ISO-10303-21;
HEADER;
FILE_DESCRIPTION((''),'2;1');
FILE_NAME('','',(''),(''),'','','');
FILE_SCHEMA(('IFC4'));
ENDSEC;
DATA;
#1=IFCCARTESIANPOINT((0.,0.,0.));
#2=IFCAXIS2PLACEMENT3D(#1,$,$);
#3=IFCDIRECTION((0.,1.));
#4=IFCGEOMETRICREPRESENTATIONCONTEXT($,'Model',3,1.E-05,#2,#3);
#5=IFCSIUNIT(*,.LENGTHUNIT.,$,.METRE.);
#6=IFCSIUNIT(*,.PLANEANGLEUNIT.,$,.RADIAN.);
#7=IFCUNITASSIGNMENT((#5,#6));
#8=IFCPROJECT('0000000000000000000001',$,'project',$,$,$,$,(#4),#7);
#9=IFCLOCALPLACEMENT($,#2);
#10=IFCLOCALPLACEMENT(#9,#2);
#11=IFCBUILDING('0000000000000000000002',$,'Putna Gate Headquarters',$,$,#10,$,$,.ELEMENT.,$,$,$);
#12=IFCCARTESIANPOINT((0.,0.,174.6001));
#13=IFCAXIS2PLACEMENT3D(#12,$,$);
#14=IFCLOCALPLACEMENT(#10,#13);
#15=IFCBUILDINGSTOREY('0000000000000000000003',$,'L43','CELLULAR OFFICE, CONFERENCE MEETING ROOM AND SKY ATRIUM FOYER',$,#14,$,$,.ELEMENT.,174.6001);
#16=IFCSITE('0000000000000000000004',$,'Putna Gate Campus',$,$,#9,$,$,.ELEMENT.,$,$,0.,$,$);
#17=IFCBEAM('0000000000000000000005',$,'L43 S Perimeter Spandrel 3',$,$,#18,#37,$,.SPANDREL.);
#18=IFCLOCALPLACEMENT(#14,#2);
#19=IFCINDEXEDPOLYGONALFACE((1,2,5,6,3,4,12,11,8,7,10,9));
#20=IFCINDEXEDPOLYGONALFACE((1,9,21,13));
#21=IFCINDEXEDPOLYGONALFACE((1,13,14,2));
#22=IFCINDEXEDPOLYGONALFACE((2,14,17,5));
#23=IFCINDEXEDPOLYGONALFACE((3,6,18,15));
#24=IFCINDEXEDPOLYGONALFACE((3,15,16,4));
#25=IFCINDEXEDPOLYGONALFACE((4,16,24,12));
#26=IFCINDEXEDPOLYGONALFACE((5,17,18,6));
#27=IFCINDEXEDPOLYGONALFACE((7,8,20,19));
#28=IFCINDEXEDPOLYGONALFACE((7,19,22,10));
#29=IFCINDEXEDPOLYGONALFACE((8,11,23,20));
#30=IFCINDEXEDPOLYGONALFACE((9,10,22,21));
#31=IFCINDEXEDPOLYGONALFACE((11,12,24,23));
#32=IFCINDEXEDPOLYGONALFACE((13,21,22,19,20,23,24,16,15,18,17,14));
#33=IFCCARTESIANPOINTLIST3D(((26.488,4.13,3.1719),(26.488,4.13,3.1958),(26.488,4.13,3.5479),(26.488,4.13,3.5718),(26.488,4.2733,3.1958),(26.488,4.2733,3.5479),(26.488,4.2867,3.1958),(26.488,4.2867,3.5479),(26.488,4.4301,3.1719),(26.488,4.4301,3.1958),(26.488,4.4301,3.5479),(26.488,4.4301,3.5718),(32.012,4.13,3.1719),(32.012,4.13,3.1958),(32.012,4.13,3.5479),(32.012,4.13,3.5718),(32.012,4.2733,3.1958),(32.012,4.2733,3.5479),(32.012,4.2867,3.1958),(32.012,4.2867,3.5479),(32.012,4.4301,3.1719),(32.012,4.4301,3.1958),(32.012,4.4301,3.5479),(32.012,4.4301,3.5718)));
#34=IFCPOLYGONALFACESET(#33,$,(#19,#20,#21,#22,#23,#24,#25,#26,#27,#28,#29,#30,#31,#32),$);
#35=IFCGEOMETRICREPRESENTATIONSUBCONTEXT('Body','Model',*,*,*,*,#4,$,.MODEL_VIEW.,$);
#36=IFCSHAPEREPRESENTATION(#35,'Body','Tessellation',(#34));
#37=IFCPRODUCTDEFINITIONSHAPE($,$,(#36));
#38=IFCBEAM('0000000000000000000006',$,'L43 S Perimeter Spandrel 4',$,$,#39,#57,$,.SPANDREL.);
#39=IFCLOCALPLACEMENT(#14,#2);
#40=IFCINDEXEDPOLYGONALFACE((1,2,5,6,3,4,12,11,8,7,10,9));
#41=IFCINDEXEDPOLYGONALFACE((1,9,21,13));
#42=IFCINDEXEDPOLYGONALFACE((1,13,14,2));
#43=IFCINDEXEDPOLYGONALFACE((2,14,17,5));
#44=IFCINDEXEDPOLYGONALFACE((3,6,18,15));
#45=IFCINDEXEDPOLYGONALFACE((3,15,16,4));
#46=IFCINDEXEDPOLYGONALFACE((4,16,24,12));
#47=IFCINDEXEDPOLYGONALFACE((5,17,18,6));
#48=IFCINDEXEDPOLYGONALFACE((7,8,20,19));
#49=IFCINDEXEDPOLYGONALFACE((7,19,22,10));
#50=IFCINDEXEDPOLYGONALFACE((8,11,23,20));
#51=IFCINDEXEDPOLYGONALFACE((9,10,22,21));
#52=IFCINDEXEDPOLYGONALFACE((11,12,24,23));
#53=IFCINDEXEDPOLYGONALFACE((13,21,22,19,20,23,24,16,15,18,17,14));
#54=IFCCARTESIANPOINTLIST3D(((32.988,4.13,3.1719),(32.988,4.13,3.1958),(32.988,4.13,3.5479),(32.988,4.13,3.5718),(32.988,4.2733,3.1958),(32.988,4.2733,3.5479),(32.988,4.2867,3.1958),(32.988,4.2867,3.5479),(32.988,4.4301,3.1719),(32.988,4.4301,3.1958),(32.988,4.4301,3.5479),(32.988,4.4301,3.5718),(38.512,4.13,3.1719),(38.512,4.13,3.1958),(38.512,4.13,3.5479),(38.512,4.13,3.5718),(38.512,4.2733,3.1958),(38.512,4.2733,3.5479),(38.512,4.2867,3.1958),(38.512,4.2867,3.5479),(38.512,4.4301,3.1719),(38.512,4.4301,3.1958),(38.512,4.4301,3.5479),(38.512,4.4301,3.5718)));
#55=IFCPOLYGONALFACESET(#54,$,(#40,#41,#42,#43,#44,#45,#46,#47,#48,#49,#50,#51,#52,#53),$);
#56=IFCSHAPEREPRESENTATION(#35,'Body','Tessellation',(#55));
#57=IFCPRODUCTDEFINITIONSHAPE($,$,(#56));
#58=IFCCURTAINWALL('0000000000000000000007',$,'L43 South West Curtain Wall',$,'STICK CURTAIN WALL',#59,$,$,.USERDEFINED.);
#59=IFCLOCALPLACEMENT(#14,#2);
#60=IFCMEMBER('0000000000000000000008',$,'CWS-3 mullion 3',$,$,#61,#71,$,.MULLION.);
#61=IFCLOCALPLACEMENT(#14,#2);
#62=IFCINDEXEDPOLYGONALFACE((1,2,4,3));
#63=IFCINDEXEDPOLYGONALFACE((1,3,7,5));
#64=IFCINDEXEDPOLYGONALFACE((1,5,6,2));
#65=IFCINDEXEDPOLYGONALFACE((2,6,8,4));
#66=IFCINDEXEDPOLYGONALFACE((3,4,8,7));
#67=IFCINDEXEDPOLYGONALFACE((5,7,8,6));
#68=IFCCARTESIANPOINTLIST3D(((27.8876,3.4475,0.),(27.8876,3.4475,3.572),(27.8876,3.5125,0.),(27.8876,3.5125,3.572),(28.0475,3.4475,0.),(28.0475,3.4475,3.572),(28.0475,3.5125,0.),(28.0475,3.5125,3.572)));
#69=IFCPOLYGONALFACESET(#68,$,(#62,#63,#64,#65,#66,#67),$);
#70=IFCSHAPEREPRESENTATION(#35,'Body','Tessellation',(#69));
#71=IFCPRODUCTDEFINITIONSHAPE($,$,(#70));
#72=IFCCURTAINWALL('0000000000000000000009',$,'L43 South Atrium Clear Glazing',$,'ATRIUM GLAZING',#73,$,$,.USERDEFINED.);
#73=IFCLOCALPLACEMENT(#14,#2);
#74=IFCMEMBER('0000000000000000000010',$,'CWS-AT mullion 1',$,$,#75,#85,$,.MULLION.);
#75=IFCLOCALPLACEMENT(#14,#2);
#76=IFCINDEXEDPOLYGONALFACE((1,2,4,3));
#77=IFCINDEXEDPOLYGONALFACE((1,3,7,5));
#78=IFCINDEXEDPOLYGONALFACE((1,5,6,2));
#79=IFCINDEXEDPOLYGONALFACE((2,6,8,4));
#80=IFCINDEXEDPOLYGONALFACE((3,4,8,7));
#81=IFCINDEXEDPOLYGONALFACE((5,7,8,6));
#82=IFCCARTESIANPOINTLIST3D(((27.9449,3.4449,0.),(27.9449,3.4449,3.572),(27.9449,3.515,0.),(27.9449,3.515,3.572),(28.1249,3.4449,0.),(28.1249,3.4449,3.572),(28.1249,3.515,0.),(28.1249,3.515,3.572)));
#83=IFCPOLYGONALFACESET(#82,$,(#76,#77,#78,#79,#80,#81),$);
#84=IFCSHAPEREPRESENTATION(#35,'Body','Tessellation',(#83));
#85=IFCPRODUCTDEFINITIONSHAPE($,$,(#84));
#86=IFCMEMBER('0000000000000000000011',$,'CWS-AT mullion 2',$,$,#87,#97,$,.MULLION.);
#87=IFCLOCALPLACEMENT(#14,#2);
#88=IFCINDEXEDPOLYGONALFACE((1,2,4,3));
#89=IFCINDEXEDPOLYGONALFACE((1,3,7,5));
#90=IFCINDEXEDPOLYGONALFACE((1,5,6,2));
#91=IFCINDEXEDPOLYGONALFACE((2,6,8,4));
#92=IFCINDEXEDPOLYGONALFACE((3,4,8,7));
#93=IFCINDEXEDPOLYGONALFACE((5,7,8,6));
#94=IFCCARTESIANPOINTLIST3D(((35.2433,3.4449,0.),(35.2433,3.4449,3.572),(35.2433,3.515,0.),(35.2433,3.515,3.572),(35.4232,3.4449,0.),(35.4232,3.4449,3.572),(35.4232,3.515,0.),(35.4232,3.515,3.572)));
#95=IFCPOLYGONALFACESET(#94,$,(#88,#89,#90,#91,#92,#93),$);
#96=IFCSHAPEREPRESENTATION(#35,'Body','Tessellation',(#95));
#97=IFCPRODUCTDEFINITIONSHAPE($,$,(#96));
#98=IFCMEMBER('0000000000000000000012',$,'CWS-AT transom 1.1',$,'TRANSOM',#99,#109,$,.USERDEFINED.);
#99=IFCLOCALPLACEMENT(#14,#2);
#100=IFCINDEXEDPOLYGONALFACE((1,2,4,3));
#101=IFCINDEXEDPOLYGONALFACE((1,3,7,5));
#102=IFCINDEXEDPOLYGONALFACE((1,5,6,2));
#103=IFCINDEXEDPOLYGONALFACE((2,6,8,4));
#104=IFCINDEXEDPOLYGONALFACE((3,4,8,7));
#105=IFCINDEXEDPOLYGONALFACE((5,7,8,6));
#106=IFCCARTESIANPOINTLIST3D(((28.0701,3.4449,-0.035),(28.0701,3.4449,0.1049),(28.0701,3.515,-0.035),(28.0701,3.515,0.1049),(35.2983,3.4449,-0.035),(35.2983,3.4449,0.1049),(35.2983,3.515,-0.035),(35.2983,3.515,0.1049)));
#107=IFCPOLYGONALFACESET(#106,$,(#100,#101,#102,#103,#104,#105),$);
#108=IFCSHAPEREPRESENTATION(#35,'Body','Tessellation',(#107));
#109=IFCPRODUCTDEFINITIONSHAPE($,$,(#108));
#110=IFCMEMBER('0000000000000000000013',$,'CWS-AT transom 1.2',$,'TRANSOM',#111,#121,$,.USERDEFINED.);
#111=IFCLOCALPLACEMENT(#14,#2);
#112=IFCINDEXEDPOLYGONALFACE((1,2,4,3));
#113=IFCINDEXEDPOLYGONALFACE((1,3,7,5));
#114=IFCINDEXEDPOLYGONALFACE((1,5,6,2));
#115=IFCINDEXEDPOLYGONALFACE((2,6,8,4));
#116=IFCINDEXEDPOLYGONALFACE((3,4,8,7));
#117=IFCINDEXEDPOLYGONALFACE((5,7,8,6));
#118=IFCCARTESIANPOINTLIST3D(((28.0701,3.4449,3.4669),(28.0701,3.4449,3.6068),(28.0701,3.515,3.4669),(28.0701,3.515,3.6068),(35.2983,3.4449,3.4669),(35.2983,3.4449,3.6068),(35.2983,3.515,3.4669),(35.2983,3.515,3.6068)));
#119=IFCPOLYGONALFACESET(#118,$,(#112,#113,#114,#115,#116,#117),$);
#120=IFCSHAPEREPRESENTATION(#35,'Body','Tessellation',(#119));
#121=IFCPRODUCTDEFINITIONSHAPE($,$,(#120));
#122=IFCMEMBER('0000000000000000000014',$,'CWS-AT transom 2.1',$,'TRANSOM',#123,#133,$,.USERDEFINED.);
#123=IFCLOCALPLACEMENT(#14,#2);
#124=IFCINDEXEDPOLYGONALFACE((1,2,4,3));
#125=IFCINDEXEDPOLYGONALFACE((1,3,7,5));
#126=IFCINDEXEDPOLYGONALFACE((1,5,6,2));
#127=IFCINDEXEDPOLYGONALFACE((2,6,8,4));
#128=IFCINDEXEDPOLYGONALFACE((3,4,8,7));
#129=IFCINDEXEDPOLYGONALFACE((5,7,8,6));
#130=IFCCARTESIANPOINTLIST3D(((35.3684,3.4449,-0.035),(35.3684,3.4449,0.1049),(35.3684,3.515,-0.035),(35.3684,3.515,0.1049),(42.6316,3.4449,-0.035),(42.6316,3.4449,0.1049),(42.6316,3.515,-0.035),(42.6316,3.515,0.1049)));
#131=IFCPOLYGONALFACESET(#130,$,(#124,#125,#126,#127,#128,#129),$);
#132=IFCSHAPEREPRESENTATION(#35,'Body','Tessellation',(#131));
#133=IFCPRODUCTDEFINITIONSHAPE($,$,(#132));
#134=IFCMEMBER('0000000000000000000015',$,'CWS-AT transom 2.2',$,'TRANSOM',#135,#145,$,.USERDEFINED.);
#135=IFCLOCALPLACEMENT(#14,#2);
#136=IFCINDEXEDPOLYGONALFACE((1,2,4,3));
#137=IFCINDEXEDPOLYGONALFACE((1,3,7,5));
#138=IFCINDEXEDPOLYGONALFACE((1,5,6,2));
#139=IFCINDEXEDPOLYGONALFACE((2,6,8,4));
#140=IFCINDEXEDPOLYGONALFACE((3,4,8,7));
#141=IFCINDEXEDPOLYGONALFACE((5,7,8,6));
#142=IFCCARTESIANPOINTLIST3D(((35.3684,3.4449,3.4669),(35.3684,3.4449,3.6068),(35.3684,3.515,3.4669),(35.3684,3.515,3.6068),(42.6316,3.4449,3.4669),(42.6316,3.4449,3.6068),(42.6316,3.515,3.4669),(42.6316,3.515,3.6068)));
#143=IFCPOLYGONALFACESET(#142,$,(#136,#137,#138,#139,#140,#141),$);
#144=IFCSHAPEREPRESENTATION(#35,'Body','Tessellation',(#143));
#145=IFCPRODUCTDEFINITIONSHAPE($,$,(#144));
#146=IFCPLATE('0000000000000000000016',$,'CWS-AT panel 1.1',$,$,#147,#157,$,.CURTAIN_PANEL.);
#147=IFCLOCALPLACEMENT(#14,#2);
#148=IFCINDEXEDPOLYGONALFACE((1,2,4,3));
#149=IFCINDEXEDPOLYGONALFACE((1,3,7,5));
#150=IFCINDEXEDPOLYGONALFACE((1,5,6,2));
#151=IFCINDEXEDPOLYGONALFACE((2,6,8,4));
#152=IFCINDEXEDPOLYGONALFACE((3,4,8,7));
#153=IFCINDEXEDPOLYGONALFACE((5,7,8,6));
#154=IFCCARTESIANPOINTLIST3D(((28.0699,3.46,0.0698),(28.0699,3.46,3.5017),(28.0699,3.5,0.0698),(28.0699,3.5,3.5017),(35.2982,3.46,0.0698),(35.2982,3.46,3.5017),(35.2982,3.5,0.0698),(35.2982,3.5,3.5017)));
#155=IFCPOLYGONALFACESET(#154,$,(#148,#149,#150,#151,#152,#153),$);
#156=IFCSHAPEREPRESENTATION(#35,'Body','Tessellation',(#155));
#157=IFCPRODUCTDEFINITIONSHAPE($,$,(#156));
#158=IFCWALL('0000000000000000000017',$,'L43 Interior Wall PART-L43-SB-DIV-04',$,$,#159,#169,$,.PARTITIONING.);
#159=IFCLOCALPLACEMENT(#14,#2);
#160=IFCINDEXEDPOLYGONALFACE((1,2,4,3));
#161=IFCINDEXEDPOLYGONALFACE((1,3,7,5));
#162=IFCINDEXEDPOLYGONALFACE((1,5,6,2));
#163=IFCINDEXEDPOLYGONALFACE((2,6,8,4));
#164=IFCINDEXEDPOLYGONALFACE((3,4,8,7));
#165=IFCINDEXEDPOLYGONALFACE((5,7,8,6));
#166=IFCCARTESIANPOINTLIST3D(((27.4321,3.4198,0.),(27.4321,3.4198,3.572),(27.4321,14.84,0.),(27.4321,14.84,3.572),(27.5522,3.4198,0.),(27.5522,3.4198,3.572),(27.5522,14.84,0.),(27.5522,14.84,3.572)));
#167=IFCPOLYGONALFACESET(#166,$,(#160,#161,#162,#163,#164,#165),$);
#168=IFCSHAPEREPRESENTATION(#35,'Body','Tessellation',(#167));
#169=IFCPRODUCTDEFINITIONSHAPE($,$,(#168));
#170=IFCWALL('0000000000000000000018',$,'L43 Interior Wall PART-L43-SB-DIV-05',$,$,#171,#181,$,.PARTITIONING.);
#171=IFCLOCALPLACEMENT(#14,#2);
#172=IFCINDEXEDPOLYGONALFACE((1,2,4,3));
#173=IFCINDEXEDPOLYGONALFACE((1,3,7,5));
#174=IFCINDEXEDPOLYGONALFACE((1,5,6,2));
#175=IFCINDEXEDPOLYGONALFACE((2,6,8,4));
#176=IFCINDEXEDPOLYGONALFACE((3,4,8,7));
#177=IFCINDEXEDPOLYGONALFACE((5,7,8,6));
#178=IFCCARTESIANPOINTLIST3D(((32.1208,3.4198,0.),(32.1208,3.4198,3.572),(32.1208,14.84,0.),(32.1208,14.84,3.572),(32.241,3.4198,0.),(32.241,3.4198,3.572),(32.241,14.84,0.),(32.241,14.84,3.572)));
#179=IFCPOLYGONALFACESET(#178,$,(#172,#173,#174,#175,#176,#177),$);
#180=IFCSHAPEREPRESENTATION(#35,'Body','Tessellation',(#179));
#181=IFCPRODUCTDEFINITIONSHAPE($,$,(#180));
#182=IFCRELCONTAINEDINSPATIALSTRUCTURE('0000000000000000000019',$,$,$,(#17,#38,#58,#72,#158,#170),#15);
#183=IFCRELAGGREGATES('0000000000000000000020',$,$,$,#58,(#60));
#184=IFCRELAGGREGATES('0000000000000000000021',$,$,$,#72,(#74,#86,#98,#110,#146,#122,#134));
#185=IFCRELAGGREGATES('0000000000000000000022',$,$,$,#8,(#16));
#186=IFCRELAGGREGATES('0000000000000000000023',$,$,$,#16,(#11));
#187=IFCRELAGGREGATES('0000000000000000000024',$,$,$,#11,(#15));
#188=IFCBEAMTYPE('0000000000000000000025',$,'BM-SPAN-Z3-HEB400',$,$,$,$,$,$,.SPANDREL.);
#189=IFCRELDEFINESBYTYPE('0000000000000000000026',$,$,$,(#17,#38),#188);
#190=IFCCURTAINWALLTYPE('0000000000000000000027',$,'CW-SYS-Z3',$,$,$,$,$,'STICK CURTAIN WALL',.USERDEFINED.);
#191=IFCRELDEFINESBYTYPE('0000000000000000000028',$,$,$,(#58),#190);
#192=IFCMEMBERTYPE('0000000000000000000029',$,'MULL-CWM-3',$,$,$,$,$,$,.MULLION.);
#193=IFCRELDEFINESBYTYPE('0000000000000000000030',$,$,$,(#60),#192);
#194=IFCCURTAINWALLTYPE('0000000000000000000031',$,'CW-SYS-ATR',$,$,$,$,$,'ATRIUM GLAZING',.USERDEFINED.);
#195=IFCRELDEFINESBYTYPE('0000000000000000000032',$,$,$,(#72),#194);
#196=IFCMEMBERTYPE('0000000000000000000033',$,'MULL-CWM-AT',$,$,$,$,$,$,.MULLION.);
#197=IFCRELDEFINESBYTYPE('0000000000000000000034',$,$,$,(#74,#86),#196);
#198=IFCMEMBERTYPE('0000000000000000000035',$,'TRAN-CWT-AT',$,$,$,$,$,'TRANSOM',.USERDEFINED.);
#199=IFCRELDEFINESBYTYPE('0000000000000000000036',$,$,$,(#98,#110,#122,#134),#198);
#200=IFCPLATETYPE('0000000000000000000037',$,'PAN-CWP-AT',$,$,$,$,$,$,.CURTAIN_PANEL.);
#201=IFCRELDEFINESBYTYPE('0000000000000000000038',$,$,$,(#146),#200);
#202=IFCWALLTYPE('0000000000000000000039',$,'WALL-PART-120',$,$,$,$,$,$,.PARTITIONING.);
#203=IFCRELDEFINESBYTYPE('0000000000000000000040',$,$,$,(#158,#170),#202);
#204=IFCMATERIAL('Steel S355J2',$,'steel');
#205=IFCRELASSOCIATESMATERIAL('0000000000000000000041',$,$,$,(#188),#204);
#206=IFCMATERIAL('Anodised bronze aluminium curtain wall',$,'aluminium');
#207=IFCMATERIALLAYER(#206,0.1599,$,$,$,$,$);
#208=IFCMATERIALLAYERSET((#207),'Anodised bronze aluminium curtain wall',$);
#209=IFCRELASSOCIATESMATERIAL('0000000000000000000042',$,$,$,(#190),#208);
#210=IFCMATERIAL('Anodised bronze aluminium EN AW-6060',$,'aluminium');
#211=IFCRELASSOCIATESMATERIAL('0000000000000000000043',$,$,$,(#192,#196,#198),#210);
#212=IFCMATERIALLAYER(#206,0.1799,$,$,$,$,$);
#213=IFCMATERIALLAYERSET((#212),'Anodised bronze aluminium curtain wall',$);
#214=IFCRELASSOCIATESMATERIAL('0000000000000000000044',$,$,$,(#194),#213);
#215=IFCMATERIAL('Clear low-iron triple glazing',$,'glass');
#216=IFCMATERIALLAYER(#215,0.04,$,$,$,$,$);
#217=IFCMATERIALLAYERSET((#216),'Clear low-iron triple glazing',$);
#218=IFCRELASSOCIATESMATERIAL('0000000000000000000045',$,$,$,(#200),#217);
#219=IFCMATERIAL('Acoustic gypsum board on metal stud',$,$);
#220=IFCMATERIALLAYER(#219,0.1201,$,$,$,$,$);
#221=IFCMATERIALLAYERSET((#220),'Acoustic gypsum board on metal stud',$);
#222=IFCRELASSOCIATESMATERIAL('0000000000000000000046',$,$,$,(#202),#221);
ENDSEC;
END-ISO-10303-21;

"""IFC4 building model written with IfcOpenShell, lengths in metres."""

from ifc_helpers import new_model, si_unit, direction, frame, frame_2d, origin, origin_2d, place, context, subcontext, project, spatial, rectangle, i_section, extrude, material, layer, layer_set, material_profile, profile_set, type_object, element, aggregate, save


model = new_model("IFC4")

# Units and contexts
model_context = context("Model", 3, precision=1e-05, world=origin(), true_north=direction((0.0, 1.0)))
body_context = subcontext(model_context, "Body", "Model", "MODEL_VIEW")
ifc_project = project(units=[si_unit("LENGTHUNIT", "METRE"), si_unit("PLANEANGLEUNIT", "RADIAN")], contexts=[model_context])

# Site, building, storey
site_placement = place(None, origin())
site = spatial("IfcSite", under=ifc_project, at=site_placement, Name="Putna Gate Campus", CompositionType="ELEMENT", RefElevation=0.0)
building_placement = place(site_placement, origin())
building = spatial("IfcBuilding", under=site, at=building_placement, Name="Putna Gate Headquarters", CompositionType="ELEMENT")
storey_placement = place(building_placement, frame((0.0, 0.0, 174.6001)))
storey = spatial("IfcBuildingStorey", under=building, at=storey_placement, Name="L43", Description="CELLULAR OFFICE, CONFERENCE MEETING ROOM AND SKY ATRIUM FOYER", CompositionType="ELEMENT", Elevation=174.6001)

# Beams
ifc_material_1 = material(Name="Steel S355J2", Category="steel")
ifc_material_profile_1 = material_profile(ifc_material_1, i_section(OverallWidth=0.3, OverallDepth=0.3999, WebThickness=0.0134, FlangeThickness=0.0239, at=origin_2d()), Name="Steel S355J2")
ifc_profile_set_1 = profile_set([ifc_material_profile_1], Name="Steel S355J2")
beam_type_1 = type_object("IfcBeamType", Name="BM-SPAN-Z3-HEB400", PredefinedType="SPANDREL", material=ifc_profile_set_1)
for number, where, z_axis, x_axis, name in (
    (1, (26.488, 4.28, 3.3718), (1.0, 0.0, 0.0), (0.0, 1.0, 0.0), "L43 S Perimeter Spandrel 3"),
    (2, (32.988, 4.28, 3.3718), (1.0, 0.0, 0.0), (0.0, 1.0, 0.0), "L43 S Perimeter Spandrel 4"),
):
    element("IfcBeam", number, at=place(storey_placement, frame(where, z_axis=z_axis, x_axis=x_axis)), inside=storey, type_object=beam_type_1, Name=name, PredefinedType="SPANDREL", context=body_context, shape_type="SweptSolid", body=[
        extrude(i_section(OverallWidth=0.3, OverallDepth=0.3999, WebThickness=0.0134, FlangeThickness=0.0239, at=origin_2d()), origin(), (0.0, 0.0, 1.0), 5.5239),
    ])

# Curtain wall, member
ifc_material_2 = material(Name="Anodised bronze aluminium curtain wall", Category="aluminium")
ifc_layer_1 = layer(ifc_material_2, 0.1599)
ifc_layer_set_1 = layer_set([ifc_layer_1], Name="Anodised bronze aluminium curtain wall")
curtain_wall_type_1 = type_object("IfcCurtainWallType", Name="CW-SYS-Z3", ElementType="STICK CURTAIN WALL", PredefinedType="USERDEFINED", material=ifc_layer_set_1)
curtain_wall_1_placement = place(storey_placement, origin())
curtain_wall_1 = element("IfcCurtainWall", 3, at=curtain_wall_1_placement, inside=storey, type_object=curtain_wall_type_1, Name="L43 South West Curtain Wall", ObjectType="STICK CURTAIN WALL", PredefinedType="USERDEFINED")
ifc_material_3 = material(Name="Anodised bronze aluminium EN AW-6060", Category="aluminium")
ifc_material_profile_2 = material_profile(ifc_material_3, rectangle(XDim=0.0649, YDim=0.1599, at=origin_2d()), Name="Anodised bronze aluminium EN AW-6060")
ifc_profile_set_2 = profile_set([ifc_material_profile_2], Name="Anodised bronze aluminium EN AW-6060")
member_type_1 = type_object("IfcMemberType", Name="MULL-CWM-3", PredefinedType="MULLION", material=ifc_profile_set_2)
member_1_placement = place(storey_placement, frame((27.9675, 3.48, 0.0), z_axis=(0.0, 0.0, 1.0), x_axis=(0.0, 1.0, 0.0)))
member_1 = element("IfcMember", 4, at=member_1_placement, type_object=member_type_1, Name="CWS-3 mullion 3", PredefinedType="MULLION", context=body_context, shape_type="SweptSolid", body=[
    extrude(rectangle(XDim=0.0649, YDim=0.1599, at=origin_2d()), origin(), (0.0, 0.0, 1.0), 3.572),
])
aggregate(curtain_wall_1, [member_1])

# Curtain wall, members, plate
ifc_layer_2 = layer(ifc_material_2, 0.1799)
ifc_layer_set_2 = layer_set([ifc_layer_2], Name="Anodised bronze aluminium curtain wall")
curtain_wall_type_2 = type_object("IfcCurtainWallType", Name="CW-SYS-ATR", ElementType="ATRIUM GLAZING", PredefinedType="USERDEFINED", material=ifc_layer_set_2)
curtain_wall_2_placement = place(storey_placement, origin())
curtain_wall_2 = element("IfcCurtainWall", 5, at=curtain_wall_2_placement, inside=storey, type_object=curtain_wall_type_2, Name="L43 South Atrium Clear Glazing", ObjectType="ATRIUM GLAZING", PredefinedType="USERDEFINED")
ifc_material_profile_3 = material_profile(ifc_material_3, rectangle(XDim=0.0701, YDim=0.1799, at=origin_2d()), Name="Anodised bronze aluminium EN AW-6060")
ifc_profile_set_3 = profile_set([ifc_material_profile_3], Name="Anodised bronze aluminium EN AW-6060")
member_type_2 = type_object("IfcMemberType", Name="MULL-CWM-AT", PredefinedType="MULLION", material=ifc_profile_set_3)
member_2_placement = place(storey_placement, frame((28.0349, 3.48, 0.0), z_axis=(0.0, 0.0, 1.0), x_axis=(0.0, 1.0, 0.0)))
member_2 = element("IfcMember", 6, at=member_2_placement, type_object=member_type_2, Name="CWS-AT mullion 1", PredefinedType="MULLION", context=body_context, shape_type="SweptSolid", body=[
    extrude(rectangle(XDim=0.0701, YDim=0.1799, at=origin_2d()), origin(), (0.0, 0.0, 1.0), 3.572),
])
member_3_placement = place(storey_placement, frame((35.3333, 3.48, 0.0), z_axis=(0.0, 0.0, 1.0), x_axis=(0.0, 1.0, 0.0)))
member_3 = element("IfcMember", 7, at=member_3_placement, type_object=member_type_2, Name="CWS-AT mullion 2", PredefinedType="MULLION", context=body_context, shape_type="SweptSolid", body=[
    extrude(rectangle(XDim=0.0701, YDim=0.1799, at=origin_2d()), origin(), (0.0, 0.0, 1.0), 3.572),
])
ifc_material_profile_4 = material_profile(ifc_material_3, rectangle(XDim=0.0701, YDim=0.1399, at=origin_2d()), Name="Anodised bronze aluminium EN AW-6060")
ifc_profile_set_4 = profile_set([ifc_material_profile_4], Name="Anodised bronze aluminium EN AW-6060")
member_type_3 = type_object("IfcMemberType", Name="TRAN-CWT-AT", ElementType="TRANSOM", PredefinedType="USERDEFINED", material=ifc_profile_set_4)
member_4_placement = place(storey_placement, frame((28.0701, 3.48, 0.0349), z_axis=(1.0, 0.0, 0.0), x_axis=(0.0, 1.0, 0.0)))
member_4 = element("IfcMember", 8, at=member_4_placement, type_object=member_type_3, Name="CWS-AT transom 1.1", ObjectType="TRANSOM", PredefinedType="USERDEFINED", context=body_context, shape_type="SweptSolid", body=[
    extrude(rectangle(XDim=0.0701, YDim=0.1399, at=origin_2d()), origin(), (0.0, 0.0, 1.0), 7.2283),
])
member_5_placement = place(storey_placement, frame((28.0701, 3.48, 3.5369), z_axis=(1.0, 0.0, 0.0), x_axis=(0.0, 1.0, 0.0)))
member_5 = element("IfcMember", 9, at=member_5_placement, type_object=member_type_3, Name="CWS-AT transom 1.2", ObjectType="TRANSOM", PredefinedType="USERDEFINED", context=body_context, shape_type="SweptSolid", body=[
    extrude(rectangle(XDim=0.0701, YDim=0.1399, at=origin_2d()), origin(), (0.0, 0.0, 1.0), 7.2283),
])
member_6_placement = place(storey_placement, frame((35.3684, 3.48, 0.0349), z_axis=(1.0, 0.0, 0.0), x_axis=(0.0, 1.0, 0.0)))
member_6 = element("IfcMember", 10, at=member_6_placement, type_object=member_type_3, Name="CWS-AT transom 2.1", ObjectType="TRANSOM", PredefinedType="USERDEFINED", context=body_context, shape_type="SweptSolid", body=[
    extrude(rectangle(XDim=0.0701, YDim=0.1399, at=origin_2d()), origin(), (0.0, 0.0, 1.0), 7.2632),
])
member_7_placement = place(storey_placement, frame((35.3684, 3.48, 3.5369), z_axis=(1.0, 0.0, 0.0), x_axis=(0.0, 1.0, 0.0)))
member_7 = element("IfcMember", 11, at=member_7_placement, type_object=member_type_3, Name="CWS-AT transom 2.2", ObjectType="TRANSOM", PredefinedType="USERDEFINED", context=body_context, shape_type="SweptSolid", body=[
    extrude(rectangle(XDim=0.0701, YDim=0.1399, at=origin_2d()), origin(), (0.0, 0.0, 1.0), 7.2632),
])
ifc_material_4 = material(Name="Clear low-iron triple glazing", Category="glass")
ifc_layer_3 = layer(ifc_material_4, 0.04)
ifc_layer_set_3 = layer_set([ifc_layer_3], Name="Clear low-iron triple glazing")
plate_type = type_object("IfcPlateType", Name="PAN-CWP-AT", PredefinedType="CURTAIN_PANEL", material=ifc_layer_set_3)
plate_placement = place(storey_placement, frame((31.6841, 3.48, 0.0698), z_axis=(0.0, 0.0, 1.0), x_axis=(1.0, 0.0, 0.0)))
plate = element("IfcPlate", 12, at=plate_placement, type_object=plate_type, Name="CWS-AT panel 1.1", PredefinedType="CURTAIN_PANEL", context=body_context, shape_type="SweptSolid", body=[
    extrude(rectangle(XDim=7.2283, YDim=0.04, at=origin_2d()), origin(), (0.0, 0.0, 1.0), 3.4319),
])
aggregate(curtain_wall_2, [member_2, member_3, member_4, member_5, plate, member_6, member_7])

# Walls
ifc_material_5 = material(Name="Acoustic gypsum board on metal stud")
ifc_layer_4 = layer(ifc_material_5, 0.1201)
ifc_layer_set_4 = layer_set([ifc_layer_4], Name="Acoustic gypsum board on metal stud")
wall_type_1 = type_object("IfcWallType", Name="WALL-PART-120", PredefinedType="PARTITIONING", material=ifc_layer_set_4)
for number, where, z_axis, x_axis, name in (
    (13, (27.4922, 3.4199, 0.0), (0.0, 0.0, 1.0), (0.0, 1.0, 0.0), "L43 Interior Wall PART-L43-SB-DIV-04"),
    (14, (32.1809, 3.4199, 0.0), (0.0, 0.0, 1.0), (0.0, 1.0, 0.0), "L43 Interior Wall PART-L43-SB-DIV-05"),
):
    element("IfcWall", number, at=place(storey_placement, frame(where, z_axis=z_axis, x_axis=x_axis)), inside=storey, type_object=wall_type_1, Name=name, PredefinedType="PARTITIONING", context=body_context, shape_type="SweptSolid", body=[
        extrude(rectangle(XDim=11.4202, YDim=0.1201, at=frame_2d((5.71, 0.0))), origin(), (0.0, 0.0, 1.0), 3.572),
    ])

save(model, "model.ifc")
